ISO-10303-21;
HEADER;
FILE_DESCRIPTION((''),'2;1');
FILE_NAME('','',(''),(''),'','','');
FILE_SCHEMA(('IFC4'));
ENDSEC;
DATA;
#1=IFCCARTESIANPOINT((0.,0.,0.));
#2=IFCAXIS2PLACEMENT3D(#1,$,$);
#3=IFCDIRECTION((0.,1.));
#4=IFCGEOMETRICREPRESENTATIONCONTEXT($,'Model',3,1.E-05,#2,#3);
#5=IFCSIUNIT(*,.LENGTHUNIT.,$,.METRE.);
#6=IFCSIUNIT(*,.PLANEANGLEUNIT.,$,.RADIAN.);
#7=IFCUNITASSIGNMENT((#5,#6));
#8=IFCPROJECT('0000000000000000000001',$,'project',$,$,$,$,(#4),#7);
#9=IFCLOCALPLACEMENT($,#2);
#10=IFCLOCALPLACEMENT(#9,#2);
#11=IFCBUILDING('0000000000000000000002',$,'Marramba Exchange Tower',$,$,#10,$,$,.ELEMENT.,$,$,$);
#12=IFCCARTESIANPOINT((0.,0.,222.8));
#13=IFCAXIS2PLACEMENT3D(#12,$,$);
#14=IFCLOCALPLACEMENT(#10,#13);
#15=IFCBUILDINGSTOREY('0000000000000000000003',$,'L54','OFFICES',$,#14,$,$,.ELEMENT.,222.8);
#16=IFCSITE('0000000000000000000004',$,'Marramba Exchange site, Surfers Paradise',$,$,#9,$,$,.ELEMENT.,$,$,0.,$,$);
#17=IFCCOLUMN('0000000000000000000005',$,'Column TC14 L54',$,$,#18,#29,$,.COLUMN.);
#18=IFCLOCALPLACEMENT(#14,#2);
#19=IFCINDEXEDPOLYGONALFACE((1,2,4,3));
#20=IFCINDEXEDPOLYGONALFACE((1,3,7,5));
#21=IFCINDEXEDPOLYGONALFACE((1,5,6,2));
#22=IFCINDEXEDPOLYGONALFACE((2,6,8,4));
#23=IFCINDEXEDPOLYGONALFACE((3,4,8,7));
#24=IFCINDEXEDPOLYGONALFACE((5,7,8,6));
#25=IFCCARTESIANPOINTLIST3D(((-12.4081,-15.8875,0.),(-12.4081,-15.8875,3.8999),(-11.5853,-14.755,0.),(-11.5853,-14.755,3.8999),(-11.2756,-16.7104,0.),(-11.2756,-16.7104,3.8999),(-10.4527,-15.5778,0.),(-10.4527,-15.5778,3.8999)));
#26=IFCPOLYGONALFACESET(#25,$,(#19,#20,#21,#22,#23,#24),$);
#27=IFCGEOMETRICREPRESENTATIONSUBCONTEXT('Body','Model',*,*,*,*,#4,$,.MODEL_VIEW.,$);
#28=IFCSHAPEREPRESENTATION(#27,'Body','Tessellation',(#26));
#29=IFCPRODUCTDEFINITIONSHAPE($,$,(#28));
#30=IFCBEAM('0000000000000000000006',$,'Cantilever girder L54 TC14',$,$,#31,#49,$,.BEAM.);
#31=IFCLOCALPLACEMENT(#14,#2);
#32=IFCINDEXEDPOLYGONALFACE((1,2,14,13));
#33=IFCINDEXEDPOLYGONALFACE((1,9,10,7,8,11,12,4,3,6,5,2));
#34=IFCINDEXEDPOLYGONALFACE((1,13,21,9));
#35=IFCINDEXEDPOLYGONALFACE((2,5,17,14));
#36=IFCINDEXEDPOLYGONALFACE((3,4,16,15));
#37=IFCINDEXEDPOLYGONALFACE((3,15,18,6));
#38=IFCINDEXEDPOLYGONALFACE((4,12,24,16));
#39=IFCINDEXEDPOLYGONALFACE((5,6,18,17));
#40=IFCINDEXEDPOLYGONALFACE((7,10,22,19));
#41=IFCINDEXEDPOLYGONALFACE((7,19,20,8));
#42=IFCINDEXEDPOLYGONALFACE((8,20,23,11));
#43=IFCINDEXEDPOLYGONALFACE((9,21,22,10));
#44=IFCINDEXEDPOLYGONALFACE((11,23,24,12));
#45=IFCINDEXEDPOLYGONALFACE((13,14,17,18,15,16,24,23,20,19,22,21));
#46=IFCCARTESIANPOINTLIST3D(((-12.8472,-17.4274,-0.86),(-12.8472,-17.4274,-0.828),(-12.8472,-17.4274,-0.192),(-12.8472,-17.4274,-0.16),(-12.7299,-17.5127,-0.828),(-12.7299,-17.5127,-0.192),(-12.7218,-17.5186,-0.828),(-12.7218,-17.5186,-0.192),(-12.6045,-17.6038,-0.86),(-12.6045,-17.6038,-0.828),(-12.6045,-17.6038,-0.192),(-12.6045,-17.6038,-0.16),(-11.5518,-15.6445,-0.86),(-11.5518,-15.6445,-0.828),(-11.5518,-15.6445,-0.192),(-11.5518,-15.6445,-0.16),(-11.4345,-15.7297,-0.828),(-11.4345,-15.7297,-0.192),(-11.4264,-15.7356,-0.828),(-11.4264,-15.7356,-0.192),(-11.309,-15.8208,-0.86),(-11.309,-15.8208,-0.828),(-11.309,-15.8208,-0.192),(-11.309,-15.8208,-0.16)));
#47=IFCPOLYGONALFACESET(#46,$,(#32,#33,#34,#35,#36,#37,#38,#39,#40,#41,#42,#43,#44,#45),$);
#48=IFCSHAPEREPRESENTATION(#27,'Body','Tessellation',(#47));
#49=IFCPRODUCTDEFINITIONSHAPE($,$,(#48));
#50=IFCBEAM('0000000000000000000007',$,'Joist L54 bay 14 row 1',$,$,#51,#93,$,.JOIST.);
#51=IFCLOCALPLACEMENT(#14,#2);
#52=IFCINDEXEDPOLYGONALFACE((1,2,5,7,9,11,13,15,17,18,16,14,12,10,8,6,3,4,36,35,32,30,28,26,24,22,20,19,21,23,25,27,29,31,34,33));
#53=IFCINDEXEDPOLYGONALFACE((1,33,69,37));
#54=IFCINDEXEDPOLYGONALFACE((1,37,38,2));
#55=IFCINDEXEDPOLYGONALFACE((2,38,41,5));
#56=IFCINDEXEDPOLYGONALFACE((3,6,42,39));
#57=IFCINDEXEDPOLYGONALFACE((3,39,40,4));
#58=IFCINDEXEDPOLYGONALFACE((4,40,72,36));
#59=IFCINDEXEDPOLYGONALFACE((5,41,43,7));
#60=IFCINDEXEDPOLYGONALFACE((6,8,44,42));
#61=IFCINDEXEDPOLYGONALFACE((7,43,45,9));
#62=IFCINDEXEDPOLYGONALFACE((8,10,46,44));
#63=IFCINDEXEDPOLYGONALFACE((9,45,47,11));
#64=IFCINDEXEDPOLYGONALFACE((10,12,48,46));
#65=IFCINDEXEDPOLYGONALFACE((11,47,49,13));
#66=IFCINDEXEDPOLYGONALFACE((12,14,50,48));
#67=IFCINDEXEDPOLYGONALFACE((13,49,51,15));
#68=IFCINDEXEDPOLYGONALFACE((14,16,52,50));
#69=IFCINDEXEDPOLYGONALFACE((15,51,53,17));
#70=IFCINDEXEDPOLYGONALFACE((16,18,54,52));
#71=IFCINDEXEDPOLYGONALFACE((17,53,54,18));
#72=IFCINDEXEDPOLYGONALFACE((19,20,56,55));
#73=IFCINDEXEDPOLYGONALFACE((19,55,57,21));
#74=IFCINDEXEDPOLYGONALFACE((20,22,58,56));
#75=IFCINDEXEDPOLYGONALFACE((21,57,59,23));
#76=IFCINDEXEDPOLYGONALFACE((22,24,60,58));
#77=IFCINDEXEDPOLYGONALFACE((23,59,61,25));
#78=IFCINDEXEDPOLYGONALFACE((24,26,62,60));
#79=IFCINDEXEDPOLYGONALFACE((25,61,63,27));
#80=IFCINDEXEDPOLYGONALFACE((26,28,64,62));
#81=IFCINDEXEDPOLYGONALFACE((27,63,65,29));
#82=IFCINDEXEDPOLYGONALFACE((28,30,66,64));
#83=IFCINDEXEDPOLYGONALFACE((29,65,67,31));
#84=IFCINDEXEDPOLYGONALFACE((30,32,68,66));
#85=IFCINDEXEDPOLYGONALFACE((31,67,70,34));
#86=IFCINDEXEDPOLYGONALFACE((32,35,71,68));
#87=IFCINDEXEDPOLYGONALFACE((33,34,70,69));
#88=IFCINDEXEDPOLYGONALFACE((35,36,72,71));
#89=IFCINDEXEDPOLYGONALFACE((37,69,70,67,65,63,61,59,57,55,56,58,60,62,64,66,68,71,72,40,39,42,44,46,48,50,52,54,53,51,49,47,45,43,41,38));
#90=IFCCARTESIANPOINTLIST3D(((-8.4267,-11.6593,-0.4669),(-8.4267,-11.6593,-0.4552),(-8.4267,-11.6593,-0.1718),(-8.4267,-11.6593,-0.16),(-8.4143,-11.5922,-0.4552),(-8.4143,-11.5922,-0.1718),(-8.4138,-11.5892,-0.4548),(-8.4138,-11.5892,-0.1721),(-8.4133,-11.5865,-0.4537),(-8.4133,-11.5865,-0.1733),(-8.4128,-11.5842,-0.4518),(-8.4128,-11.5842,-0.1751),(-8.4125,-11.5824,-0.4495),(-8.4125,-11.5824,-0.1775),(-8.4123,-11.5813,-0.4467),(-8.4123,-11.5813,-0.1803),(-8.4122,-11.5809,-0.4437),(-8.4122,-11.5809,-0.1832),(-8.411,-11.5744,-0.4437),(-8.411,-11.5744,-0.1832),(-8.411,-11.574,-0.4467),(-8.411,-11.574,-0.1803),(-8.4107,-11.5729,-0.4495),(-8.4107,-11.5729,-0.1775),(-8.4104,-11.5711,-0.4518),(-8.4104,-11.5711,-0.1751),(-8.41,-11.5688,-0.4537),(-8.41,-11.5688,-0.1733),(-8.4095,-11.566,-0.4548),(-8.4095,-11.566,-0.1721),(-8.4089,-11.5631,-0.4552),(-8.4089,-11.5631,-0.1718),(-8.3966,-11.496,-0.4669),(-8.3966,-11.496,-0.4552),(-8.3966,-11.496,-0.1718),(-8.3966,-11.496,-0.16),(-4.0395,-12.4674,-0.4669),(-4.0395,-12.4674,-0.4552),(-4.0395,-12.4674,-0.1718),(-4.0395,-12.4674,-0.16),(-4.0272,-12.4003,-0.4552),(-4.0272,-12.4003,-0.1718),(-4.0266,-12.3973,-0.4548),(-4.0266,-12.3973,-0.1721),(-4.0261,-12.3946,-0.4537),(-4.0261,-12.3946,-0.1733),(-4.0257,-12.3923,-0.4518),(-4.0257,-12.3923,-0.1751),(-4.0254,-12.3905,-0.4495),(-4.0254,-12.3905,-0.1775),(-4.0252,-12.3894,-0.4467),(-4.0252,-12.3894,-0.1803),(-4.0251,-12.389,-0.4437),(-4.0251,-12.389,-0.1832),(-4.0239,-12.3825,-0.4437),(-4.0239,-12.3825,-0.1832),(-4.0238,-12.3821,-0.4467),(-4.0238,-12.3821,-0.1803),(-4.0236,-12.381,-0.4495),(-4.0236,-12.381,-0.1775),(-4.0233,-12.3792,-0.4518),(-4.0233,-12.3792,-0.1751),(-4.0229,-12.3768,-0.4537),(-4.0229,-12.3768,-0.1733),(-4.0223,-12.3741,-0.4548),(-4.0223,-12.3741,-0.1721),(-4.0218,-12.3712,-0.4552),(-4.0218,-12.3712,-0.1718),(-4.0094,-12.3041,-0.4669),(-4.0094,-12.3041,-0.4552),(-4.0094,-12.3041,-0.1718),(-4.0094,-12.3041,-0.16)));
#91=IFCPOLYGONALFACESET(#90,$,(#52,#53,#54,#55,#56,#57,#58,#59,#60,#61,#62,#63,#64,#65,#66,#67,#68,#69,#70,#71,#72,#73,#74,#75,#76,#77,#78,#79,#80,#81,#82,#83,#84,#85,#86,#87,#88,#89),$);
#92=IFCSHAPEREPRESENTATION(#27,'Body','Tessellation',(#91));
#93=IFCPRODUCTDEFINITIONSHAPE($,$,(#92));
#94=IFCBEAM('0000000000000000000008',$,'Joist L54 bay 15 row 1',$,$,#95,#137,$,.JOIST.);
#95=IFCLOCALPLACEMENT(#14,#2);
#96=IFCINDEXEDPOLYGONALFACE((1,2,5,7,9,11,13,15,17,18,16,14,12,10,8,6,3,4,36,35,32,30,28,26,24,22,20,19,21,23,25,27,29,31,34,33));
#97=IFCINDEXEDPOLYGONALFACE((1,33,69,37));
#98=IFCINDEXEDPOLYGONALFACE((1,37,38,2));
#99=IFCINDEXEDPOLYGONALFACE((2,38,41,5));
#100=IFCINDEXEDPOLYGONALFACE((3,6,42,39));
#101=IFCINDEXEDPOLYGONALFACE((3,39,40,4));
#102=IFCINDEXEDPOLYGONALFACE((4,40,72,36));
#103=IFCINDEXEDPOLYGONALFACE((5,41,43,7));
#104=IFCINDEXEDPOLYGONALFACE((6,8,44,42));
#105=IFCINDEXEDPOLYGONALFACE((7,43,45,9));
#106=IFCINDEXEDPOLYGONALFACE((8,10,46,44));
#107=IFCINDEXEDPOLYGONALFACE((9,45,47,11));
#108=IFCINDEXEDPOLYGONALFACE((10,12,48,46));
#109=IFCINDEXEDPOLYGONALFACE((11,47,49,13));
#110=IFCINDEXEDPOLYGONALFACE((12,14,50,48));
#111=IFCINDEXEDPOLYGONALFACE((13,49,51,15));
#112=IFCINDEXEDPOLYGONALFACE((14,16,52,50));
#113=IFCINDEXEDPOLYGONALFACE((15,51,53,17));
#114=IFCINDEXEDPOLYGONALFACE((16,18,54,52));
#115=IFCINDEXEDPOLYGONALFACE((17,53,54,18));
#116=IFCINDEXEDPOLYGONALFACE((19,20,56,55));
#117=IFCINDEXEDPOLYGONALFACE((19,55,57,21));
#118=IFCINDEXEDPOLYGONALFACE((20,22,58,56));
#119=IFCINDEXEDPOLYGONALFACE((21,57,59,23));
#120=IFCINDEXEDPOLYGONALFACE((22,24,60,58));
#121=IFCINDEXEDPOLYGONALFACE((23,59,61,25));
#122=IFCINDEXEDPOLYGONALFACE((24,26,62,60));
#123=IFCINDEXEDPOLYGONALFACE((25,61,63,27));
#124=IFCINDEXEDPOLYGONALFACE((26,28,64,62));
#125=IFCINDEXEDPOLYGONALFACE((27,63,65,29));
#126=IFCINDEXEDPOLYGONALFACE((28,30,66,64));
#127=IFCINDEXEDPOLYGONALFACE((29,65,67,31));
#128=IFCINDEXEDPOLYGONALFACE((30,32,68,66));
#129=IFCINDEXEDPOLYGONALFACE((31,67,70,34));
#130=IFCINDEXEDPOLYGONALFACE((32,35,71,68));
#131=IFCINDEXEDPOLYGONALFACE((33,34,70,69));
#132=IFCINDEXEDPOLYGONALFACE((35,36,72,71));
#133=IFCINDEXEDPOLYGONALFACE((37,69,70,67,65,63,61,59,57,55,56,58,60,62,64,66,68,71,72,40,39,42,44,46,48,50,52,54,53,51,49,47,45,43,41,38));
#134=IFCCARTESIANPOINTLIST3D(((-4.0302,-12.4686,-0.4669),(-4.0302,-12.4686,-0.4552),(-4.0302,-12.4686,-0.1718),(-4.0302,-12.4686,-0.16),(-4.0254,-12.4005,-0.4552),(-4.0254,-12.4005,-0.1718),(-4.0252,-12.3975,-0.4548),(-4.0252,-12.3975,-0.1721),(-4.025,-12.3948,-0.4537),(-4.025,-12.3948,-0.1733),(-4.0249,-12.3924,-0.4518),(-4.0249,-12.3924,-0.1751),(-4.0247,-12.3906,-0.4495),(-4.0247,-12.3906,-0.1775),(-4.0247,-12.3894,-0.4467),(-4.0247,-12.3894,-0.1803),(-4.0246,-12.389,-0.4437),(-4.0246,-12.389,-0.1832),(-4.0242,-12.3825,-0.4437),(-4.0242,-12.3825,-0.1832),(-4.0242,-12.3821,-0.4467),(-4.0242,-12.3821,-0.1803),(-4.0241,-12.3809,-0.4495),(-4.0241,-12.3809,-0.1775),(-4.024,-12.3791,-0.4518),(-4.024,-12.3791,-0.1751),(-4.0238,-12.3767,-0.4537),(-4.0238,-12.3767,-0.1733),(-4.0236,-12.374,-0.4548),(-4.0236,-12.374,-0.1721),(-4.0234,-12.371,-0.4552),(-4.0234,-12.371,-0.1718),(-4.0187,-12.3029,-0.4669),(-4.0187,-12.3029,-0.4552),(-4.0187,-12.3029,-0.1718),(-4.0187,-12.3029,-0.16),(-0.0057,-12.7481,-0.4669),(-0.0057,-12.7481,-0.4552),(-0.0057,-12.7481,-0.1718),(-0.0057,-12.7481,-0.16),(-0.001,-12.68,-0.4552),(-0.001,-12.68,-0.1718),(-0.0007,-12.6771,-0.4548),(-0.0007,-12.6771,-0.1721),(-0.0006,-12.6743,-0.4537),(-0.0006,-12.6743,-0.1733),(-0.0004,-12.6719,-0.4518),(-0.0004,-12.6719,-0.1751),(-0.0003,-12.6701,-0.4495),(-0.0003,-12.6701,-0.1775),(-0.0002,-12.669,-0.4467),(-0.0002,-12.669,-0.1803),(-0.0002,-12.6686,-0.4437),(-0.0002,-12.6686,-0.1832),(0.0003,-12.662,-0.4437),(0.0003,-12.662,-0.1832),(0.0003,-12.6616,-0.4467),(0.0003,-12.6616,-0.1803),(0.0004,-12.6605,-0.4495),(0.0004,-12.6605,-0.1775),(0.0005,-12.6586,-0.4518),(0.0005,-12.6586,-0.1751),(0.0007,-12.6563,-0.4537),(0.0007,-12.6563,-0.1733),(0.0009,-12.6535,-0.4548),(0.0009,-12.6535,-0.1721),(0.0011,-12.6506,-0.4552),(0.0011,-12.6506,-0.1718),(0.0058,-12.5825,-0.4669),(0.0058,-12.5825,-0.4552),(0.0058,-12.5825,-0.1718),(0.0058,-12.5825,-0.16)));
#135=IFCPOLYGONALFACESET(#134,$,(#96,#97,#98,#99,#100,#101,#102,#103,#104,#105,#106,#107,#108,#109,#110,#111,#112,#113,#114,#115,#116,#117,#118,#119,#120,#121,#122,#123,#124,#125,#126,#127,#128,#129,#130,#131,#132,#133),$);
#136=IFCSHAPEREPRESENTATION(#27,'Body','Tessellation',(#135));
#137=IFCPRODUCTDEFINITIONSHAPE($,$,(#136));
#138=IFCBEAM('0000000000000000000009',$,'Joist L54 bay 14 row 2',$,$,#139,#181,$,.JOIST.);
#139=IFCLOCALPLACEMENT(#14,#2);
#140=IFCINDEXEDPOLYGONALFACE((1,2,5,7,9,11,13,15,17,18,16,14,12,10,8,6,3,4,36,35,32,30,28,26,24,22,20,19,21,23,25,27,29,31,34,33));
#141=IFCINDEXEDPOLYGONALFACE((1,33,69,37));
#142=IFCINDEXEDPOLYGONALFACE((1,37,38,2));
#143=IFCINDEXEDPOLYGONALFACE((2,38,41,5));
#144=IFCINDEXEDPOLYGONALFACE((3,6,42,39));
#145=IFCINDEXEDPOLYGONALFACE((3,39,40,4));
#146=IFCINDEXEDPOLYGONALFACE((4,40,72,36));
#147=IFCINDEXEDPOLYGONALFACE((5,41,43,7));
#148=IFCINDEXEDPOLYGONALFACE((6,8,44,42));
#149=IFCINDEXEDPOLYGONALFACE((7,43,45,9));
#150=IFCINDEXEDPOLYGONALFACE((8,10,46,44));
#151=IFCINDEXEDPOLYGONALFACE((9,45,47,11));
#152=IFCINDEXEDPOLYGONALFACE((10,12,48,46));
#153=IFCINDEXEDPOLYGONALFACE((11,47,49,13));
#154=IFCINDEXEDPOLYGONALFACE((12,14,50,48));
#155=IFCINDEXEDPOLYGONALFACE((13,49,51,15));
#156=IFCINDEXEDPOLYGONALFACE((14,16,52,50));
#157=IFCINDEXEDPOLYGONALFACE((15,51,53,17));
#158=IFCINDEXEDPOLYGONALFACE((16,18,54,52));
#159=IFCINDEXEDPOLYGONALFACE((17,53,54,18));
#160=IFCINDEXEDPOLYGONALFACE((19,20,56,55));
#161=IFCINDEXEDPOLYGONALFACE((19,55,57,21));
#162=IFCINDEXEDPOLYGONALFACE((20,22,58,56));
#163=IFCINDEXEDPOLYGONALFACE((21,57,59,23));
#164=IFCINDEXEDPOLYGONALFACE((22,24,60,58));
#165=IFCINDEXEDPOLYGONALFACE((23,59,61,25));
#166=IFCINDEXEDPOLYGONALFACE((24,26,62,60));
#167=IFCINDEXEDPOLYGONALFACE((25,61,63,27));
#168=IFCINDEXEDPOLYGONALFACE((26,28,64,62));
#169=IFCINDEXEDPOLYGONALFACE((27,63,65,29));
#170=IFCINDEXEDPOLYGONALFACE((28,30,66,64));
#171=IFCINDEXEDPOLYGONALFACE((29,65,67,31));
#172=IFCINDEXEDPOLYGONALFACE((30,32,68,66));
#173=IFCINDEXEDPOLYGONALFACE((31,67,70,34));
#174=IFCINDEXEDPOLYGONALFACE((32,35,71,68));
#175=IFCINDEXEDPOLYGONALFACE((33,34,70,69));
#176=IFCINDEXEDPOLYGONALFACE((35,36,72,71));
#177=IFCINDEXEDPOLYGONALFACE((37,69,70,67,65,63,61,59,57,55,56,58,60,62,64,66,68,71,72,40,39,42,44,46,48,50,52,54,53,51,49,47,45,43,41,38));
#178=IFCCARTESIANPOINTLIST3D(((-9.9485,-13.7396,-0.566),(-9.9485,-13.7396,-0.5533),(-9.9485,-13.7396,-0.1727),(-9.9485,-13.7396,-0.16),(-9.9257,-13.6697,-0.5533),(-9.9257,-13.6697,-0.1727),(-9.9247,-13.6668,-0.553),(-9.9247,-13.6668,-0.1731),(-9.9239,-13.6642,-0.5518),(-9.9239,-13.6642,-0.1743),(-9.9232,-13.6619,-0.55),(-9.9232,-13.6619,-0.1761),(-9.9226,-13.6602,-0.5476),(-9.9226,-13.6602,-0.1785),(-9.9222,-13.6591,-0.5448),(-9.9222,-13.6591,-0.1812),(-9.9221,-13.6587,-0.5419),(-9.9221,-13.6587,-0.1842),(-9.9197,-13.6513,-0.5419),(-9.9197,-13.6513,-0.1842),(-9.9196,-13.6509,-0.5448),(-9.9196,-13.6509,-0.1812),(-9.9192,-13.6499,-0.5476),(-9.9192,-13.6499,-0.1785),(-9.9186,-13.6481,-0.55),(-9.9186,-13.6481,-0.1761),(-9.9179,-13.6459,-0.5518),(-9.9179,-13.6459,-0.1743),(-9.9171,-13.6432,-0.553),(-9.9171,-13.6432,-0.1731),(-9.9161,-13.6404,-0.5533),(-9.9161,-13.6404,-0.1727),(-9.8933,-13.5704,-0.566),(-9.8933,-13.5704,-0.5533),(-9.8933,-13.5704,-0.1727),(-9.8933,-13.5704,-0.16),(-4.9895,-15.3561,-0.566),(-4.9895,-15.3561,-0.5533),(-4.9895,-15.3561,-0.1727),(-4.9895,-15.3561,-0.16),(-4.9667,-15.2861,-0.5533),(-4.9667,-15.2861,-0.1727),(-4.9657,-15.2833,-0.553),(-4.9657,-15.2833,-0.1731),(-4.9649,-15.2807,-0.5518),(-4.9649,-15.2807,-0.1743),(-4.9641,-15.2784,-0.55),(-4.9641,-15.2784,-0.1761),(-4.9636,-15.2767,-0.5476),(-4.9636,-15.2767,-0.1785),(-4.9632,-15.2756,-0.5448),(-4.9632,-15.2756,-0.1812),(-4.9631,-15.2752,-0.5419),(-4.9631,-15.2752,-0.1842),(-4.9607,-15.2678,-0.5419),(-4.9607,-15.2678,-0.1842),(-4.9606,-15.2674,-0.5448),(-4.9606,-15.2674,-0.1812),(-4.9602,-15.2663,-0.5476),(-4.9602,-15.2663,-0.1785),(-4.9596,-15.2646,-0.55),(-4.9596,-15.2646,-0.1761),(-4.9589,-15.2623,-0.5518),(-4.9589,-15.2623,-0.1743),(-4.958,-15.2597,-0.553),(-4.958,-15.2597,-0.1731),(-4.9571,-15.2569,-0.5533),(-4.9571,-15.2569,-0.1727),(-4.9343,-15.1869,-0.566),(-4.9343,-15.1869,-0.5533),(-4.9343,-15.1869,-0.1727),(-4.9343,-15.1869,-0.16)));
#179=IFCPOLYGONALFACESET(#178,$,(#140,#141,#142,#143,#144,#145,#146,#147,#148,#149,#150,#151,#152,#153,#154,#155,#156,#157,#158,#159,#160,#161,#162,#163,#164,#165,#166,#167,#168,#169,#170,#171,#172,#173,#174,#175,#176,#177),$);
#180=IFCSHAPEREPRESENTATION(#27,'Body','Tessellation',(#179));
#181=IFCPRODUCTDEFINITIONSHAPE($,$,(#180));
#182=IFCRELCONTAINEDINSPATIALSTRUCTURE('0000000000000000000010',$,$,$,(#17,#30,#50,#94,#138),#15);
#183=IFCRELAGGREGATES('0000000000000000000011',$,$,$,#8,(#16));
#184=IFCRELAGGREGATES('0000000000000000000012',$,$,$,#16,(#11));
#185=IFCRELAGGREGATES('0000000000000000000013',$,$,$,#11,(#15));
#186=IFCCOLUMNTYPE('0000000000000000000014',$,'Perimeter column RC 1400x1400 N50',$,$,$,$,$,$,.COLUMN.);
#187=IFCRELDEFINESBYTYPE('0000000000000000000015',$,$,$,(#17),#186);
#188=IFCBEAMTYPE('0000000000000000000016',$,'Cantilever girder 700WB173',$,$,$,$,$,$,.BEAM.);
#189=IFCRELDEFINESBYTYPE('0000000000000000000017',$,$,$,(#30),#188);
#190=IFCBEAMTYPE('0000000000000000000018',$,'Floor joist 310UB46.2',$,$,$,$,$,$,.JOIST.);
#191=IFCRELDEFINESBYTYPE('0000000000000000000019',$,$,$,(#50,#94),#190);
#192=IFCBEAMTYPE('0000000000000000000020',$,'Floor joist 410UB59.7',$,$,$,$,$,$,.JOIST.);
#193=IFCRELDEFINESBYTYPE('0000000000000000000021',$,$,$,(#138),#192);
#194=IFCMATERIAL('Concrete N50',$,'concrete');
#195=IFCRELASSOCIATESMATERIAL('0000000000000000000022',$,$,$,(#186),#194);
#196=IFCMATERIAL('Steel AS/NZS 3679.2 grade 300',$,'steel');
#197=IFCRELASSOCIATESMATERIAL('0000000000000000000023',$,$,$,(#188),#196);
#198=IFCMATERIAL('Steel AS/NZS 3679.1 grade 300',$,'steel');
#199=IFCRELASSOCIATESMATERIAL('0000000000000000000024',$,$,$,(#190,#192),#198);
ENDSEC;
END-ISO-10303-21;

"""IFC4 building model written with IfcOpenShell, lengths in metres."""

from ifc_helpers import new_model, si_unit, direction, frame, origin, origin_2d, place, context, subcontext, project, spatial, rectangle, i_section, extrude, material, material_profile, profile_set, type_object, element, save


model = new_model("IFC4")

# Units and contexts
model_context = context("Model", 3, precision=1e-05, world=origin(), true_north=direction((0.0, 1.0)))
body_context = subcontext(model_context, "Body", "Model", "MODEL_VIEW")
ifc_project = project(units=[si_unit("LENGTHUNIT", "METRE"), si_unit("PLANEANGLEUNIT", "RADIAN")], contexts=[model_context])

# Site, building, storey
site_placement = place(None, origin())
site = spatial("IfcSite", under=ifc_project, at=site_placement, Name="Marramba Exchange site, Surfers Paradise", CompositionType="ELEMENT", RefElevation=0.0)
building_placement = place(site_placement, origin())
building = spatial("IfcBuilding", under=site, at=building_placement, Name="Marramba Exchange Tower", CompositionType="ELEMENT")
storey_placement = place(building_placement, frame((0.0, 0.0, 222.8)))
storey = spatial("IfcBuildingStorey", under=building, at=storey_placement, Name="L54", Description="OFFICES", CompositionType="ELEMENT", Elevation=222.8)

# Column
ifc_material_1 = material(Name="Concrete N50", Category="concrete")
ifc_material_profile_1 = material_profile(ifc_material_1, rectangle(XDim=1.3999, YDim=1.3999, at=origin_2d()), Name="RC 1400x1400")
ifc_profile_set_1 = profile_set([ifc_material_profile_1], Name="Concrete N50")
column_type = type_object("IfcColumnType", Name="Perimeter column RC 1400x1400 N50", PredefinedType="COLUMN", material=ifc_profile_set_1)
column_placement = place(storey_placement, frame((-11.4304, -15.7327, 0.0), z_axis=(0.0, 0.0, 1.0), x_axis=(-0.587785, -0.809017, 0.0)))
element("IfcColumn", 1, at=column_placement, inside=storey, type_object=column_type, Name="Column TC14 L54", PredefinedType="COLUMN", context=body_context, shape_type="SweptSolid", body=[
    extrude(rectangle(XDim=1.3999, YDim=1.3999, at=origin_2d()), origin(), (0.0, 0.0, 1.0), 3.8999),
])

# Beams
ifc_material_2 = material(Name="Steel AS/NZS 3679.2 grade 300", Category="steel")
ifc_material_profile_2 = material_profile(ifc_material_2, i_section(OverallWidth=0.3, OverallDepth=0.7, WebThickness=0.01, FlangeThickness=0.032, at=origin_2d()), Name="700WB173")
ifc_profile_set_2 = profile_set([ifc_material_profile_2], Name="Steel AS/NZS 3679.2 grade 300")
beam_type_1 = type_object("IfcBeamType", Name="Cantilever girder 700WB173", PredefinedType="BEAM", material=ifc_profile_set_2)
beam_1_placement = place(storey_placement, frame((-11.4304, -15.7327, -0.51), z_axis=(-0.58779, -0.809014, 0.0), x_axis=(0.809014, -0.58779, 0.0)))
element("IfcBeam", 2, at=beam_1_placement, inside=storey, type_object=beam_type_1, Name="Cantilever girder L54 TC14", PredefinedType="BEAM", context=body_context, shape_type="SweptSolid", body=[
    extrude(i_section(OverallWidth=0.3, OverallDepth=0.7, WebThickness=0.01, FlangeThickness=0.032, at=origin_2d()), origin(), (0.0, 0.0, 1.0), 2.2039),
])
ifc_material_3 = material(Name="Steel AS/NZS 3679.1 grade 300", Category="steel")
ifc_material_profile_3 = material_profile(ifc_material_3, i_section(OverallWidth=0.166, OverallDepth=0.3069, WebThickness=0.0066, FlangeThickness=0.0117, FilletRadius=0.0115, at=origin_2d()), Name="310UB46.2")
ifc_profile_set_3 = profile_set([ifc_material_profile_3], Name="Steel AS/NZS 3679.1 grade 300")
beam_type_2 = type_object("IfcBeamType", Name="Floor joist 310UB46.2", PredefinedType="JOIST", material=ifc_profile_set_3)
beam_2_placement = place(storey_placement, frame((-8.4116, -11.5776, -0.3135), z_axis=(0.983456, -0.181149, 0.0), x_axis=(0.181149, 0.983456, 0.0)))
element("IfcBeam", 3, at=beam_2_placement, inside=storey, type_object=beam_type_2, Name="Joist L54 bay 14 row 1", PredefinedType="JOIST", context=body_context, shape_type="SweptSolid", body=[
    extrude(i_section(OverallWidth=0.166, OverallDepth=0.3069, WebThickness=0.0066, FlangeThickness=0.0117, FilletRadius=0.0115, at=origin_2d()), origin(), (0.0, 0.0, 1.0), 4.4609),
])
beam_3_placement = place(storey_placement, frame((-4.0244, -12.3857, -0.3135), z_axis=(0.997596, -0.069294, 0.0), x_axis=(0.069294, 0.997596, 0.0)))
element("IfcBeam", 4, at=beam_3_placement, inside=storey, type_object=beam_type_2, Name="Joist L54 bay 15 row 1", PredefinedType="JOIST", context=body_context, shape_type="SweptSolid", body=[
    extrude(i_section(OverallWidth=0.166, OverallDepth=0.3069, WebThickness=0.0066, FlangeThickness=0.0117, FilletRadius=0.0115, at=origin_2d()), origin(), (0.0, 0.0, 1.0), 4.0342),
])
ifc_material_profile_4 = material_profile(ifc_material_3, i_section(OverallWidth=0.178, OverallDepth=0.406, WebThickness=0.0078, FlangeThickness=0.0127, FilletRadius=0.0115, at=origin_2d()), Name="410UB59.7")
ifc_profile_set_4 = profile_set([ifc_material_profile_4], Name="Steel AS/NZS 3679.1 grade 300")
beam_type_3 = type_object("IfcBeamType", Name="Floor joist 410UB59.7", PredefinedType="JOIST", material=ifc_profile_set_4)
beam_4_placement = place(storey_placement, frame((-9.9209, -13.655, -0.363), z_axis=(0.950764, -0.309916, 0.0), x_axis=(0.309916, 0.950764, 0.0)))
element("IfcBeam", 5, at=beam_4_placement, inside=storey, type_object=beam_type_3, Name="Joist L54 bay 14 row 2", PredefinedType="JOIST", context=body_context, shape_type="SweptSolid", body=[
    extrude(i_section(OverallWidth=0.178, OverallDepth=0.406, WebThickness=0.0078, FlangeThickness=0.0127, FilletRadius=0.0115, at=origin_2d()), origin(), (0.0, 0.0, 1.0), 5.2158),
])

save(model, "model.ifc")
